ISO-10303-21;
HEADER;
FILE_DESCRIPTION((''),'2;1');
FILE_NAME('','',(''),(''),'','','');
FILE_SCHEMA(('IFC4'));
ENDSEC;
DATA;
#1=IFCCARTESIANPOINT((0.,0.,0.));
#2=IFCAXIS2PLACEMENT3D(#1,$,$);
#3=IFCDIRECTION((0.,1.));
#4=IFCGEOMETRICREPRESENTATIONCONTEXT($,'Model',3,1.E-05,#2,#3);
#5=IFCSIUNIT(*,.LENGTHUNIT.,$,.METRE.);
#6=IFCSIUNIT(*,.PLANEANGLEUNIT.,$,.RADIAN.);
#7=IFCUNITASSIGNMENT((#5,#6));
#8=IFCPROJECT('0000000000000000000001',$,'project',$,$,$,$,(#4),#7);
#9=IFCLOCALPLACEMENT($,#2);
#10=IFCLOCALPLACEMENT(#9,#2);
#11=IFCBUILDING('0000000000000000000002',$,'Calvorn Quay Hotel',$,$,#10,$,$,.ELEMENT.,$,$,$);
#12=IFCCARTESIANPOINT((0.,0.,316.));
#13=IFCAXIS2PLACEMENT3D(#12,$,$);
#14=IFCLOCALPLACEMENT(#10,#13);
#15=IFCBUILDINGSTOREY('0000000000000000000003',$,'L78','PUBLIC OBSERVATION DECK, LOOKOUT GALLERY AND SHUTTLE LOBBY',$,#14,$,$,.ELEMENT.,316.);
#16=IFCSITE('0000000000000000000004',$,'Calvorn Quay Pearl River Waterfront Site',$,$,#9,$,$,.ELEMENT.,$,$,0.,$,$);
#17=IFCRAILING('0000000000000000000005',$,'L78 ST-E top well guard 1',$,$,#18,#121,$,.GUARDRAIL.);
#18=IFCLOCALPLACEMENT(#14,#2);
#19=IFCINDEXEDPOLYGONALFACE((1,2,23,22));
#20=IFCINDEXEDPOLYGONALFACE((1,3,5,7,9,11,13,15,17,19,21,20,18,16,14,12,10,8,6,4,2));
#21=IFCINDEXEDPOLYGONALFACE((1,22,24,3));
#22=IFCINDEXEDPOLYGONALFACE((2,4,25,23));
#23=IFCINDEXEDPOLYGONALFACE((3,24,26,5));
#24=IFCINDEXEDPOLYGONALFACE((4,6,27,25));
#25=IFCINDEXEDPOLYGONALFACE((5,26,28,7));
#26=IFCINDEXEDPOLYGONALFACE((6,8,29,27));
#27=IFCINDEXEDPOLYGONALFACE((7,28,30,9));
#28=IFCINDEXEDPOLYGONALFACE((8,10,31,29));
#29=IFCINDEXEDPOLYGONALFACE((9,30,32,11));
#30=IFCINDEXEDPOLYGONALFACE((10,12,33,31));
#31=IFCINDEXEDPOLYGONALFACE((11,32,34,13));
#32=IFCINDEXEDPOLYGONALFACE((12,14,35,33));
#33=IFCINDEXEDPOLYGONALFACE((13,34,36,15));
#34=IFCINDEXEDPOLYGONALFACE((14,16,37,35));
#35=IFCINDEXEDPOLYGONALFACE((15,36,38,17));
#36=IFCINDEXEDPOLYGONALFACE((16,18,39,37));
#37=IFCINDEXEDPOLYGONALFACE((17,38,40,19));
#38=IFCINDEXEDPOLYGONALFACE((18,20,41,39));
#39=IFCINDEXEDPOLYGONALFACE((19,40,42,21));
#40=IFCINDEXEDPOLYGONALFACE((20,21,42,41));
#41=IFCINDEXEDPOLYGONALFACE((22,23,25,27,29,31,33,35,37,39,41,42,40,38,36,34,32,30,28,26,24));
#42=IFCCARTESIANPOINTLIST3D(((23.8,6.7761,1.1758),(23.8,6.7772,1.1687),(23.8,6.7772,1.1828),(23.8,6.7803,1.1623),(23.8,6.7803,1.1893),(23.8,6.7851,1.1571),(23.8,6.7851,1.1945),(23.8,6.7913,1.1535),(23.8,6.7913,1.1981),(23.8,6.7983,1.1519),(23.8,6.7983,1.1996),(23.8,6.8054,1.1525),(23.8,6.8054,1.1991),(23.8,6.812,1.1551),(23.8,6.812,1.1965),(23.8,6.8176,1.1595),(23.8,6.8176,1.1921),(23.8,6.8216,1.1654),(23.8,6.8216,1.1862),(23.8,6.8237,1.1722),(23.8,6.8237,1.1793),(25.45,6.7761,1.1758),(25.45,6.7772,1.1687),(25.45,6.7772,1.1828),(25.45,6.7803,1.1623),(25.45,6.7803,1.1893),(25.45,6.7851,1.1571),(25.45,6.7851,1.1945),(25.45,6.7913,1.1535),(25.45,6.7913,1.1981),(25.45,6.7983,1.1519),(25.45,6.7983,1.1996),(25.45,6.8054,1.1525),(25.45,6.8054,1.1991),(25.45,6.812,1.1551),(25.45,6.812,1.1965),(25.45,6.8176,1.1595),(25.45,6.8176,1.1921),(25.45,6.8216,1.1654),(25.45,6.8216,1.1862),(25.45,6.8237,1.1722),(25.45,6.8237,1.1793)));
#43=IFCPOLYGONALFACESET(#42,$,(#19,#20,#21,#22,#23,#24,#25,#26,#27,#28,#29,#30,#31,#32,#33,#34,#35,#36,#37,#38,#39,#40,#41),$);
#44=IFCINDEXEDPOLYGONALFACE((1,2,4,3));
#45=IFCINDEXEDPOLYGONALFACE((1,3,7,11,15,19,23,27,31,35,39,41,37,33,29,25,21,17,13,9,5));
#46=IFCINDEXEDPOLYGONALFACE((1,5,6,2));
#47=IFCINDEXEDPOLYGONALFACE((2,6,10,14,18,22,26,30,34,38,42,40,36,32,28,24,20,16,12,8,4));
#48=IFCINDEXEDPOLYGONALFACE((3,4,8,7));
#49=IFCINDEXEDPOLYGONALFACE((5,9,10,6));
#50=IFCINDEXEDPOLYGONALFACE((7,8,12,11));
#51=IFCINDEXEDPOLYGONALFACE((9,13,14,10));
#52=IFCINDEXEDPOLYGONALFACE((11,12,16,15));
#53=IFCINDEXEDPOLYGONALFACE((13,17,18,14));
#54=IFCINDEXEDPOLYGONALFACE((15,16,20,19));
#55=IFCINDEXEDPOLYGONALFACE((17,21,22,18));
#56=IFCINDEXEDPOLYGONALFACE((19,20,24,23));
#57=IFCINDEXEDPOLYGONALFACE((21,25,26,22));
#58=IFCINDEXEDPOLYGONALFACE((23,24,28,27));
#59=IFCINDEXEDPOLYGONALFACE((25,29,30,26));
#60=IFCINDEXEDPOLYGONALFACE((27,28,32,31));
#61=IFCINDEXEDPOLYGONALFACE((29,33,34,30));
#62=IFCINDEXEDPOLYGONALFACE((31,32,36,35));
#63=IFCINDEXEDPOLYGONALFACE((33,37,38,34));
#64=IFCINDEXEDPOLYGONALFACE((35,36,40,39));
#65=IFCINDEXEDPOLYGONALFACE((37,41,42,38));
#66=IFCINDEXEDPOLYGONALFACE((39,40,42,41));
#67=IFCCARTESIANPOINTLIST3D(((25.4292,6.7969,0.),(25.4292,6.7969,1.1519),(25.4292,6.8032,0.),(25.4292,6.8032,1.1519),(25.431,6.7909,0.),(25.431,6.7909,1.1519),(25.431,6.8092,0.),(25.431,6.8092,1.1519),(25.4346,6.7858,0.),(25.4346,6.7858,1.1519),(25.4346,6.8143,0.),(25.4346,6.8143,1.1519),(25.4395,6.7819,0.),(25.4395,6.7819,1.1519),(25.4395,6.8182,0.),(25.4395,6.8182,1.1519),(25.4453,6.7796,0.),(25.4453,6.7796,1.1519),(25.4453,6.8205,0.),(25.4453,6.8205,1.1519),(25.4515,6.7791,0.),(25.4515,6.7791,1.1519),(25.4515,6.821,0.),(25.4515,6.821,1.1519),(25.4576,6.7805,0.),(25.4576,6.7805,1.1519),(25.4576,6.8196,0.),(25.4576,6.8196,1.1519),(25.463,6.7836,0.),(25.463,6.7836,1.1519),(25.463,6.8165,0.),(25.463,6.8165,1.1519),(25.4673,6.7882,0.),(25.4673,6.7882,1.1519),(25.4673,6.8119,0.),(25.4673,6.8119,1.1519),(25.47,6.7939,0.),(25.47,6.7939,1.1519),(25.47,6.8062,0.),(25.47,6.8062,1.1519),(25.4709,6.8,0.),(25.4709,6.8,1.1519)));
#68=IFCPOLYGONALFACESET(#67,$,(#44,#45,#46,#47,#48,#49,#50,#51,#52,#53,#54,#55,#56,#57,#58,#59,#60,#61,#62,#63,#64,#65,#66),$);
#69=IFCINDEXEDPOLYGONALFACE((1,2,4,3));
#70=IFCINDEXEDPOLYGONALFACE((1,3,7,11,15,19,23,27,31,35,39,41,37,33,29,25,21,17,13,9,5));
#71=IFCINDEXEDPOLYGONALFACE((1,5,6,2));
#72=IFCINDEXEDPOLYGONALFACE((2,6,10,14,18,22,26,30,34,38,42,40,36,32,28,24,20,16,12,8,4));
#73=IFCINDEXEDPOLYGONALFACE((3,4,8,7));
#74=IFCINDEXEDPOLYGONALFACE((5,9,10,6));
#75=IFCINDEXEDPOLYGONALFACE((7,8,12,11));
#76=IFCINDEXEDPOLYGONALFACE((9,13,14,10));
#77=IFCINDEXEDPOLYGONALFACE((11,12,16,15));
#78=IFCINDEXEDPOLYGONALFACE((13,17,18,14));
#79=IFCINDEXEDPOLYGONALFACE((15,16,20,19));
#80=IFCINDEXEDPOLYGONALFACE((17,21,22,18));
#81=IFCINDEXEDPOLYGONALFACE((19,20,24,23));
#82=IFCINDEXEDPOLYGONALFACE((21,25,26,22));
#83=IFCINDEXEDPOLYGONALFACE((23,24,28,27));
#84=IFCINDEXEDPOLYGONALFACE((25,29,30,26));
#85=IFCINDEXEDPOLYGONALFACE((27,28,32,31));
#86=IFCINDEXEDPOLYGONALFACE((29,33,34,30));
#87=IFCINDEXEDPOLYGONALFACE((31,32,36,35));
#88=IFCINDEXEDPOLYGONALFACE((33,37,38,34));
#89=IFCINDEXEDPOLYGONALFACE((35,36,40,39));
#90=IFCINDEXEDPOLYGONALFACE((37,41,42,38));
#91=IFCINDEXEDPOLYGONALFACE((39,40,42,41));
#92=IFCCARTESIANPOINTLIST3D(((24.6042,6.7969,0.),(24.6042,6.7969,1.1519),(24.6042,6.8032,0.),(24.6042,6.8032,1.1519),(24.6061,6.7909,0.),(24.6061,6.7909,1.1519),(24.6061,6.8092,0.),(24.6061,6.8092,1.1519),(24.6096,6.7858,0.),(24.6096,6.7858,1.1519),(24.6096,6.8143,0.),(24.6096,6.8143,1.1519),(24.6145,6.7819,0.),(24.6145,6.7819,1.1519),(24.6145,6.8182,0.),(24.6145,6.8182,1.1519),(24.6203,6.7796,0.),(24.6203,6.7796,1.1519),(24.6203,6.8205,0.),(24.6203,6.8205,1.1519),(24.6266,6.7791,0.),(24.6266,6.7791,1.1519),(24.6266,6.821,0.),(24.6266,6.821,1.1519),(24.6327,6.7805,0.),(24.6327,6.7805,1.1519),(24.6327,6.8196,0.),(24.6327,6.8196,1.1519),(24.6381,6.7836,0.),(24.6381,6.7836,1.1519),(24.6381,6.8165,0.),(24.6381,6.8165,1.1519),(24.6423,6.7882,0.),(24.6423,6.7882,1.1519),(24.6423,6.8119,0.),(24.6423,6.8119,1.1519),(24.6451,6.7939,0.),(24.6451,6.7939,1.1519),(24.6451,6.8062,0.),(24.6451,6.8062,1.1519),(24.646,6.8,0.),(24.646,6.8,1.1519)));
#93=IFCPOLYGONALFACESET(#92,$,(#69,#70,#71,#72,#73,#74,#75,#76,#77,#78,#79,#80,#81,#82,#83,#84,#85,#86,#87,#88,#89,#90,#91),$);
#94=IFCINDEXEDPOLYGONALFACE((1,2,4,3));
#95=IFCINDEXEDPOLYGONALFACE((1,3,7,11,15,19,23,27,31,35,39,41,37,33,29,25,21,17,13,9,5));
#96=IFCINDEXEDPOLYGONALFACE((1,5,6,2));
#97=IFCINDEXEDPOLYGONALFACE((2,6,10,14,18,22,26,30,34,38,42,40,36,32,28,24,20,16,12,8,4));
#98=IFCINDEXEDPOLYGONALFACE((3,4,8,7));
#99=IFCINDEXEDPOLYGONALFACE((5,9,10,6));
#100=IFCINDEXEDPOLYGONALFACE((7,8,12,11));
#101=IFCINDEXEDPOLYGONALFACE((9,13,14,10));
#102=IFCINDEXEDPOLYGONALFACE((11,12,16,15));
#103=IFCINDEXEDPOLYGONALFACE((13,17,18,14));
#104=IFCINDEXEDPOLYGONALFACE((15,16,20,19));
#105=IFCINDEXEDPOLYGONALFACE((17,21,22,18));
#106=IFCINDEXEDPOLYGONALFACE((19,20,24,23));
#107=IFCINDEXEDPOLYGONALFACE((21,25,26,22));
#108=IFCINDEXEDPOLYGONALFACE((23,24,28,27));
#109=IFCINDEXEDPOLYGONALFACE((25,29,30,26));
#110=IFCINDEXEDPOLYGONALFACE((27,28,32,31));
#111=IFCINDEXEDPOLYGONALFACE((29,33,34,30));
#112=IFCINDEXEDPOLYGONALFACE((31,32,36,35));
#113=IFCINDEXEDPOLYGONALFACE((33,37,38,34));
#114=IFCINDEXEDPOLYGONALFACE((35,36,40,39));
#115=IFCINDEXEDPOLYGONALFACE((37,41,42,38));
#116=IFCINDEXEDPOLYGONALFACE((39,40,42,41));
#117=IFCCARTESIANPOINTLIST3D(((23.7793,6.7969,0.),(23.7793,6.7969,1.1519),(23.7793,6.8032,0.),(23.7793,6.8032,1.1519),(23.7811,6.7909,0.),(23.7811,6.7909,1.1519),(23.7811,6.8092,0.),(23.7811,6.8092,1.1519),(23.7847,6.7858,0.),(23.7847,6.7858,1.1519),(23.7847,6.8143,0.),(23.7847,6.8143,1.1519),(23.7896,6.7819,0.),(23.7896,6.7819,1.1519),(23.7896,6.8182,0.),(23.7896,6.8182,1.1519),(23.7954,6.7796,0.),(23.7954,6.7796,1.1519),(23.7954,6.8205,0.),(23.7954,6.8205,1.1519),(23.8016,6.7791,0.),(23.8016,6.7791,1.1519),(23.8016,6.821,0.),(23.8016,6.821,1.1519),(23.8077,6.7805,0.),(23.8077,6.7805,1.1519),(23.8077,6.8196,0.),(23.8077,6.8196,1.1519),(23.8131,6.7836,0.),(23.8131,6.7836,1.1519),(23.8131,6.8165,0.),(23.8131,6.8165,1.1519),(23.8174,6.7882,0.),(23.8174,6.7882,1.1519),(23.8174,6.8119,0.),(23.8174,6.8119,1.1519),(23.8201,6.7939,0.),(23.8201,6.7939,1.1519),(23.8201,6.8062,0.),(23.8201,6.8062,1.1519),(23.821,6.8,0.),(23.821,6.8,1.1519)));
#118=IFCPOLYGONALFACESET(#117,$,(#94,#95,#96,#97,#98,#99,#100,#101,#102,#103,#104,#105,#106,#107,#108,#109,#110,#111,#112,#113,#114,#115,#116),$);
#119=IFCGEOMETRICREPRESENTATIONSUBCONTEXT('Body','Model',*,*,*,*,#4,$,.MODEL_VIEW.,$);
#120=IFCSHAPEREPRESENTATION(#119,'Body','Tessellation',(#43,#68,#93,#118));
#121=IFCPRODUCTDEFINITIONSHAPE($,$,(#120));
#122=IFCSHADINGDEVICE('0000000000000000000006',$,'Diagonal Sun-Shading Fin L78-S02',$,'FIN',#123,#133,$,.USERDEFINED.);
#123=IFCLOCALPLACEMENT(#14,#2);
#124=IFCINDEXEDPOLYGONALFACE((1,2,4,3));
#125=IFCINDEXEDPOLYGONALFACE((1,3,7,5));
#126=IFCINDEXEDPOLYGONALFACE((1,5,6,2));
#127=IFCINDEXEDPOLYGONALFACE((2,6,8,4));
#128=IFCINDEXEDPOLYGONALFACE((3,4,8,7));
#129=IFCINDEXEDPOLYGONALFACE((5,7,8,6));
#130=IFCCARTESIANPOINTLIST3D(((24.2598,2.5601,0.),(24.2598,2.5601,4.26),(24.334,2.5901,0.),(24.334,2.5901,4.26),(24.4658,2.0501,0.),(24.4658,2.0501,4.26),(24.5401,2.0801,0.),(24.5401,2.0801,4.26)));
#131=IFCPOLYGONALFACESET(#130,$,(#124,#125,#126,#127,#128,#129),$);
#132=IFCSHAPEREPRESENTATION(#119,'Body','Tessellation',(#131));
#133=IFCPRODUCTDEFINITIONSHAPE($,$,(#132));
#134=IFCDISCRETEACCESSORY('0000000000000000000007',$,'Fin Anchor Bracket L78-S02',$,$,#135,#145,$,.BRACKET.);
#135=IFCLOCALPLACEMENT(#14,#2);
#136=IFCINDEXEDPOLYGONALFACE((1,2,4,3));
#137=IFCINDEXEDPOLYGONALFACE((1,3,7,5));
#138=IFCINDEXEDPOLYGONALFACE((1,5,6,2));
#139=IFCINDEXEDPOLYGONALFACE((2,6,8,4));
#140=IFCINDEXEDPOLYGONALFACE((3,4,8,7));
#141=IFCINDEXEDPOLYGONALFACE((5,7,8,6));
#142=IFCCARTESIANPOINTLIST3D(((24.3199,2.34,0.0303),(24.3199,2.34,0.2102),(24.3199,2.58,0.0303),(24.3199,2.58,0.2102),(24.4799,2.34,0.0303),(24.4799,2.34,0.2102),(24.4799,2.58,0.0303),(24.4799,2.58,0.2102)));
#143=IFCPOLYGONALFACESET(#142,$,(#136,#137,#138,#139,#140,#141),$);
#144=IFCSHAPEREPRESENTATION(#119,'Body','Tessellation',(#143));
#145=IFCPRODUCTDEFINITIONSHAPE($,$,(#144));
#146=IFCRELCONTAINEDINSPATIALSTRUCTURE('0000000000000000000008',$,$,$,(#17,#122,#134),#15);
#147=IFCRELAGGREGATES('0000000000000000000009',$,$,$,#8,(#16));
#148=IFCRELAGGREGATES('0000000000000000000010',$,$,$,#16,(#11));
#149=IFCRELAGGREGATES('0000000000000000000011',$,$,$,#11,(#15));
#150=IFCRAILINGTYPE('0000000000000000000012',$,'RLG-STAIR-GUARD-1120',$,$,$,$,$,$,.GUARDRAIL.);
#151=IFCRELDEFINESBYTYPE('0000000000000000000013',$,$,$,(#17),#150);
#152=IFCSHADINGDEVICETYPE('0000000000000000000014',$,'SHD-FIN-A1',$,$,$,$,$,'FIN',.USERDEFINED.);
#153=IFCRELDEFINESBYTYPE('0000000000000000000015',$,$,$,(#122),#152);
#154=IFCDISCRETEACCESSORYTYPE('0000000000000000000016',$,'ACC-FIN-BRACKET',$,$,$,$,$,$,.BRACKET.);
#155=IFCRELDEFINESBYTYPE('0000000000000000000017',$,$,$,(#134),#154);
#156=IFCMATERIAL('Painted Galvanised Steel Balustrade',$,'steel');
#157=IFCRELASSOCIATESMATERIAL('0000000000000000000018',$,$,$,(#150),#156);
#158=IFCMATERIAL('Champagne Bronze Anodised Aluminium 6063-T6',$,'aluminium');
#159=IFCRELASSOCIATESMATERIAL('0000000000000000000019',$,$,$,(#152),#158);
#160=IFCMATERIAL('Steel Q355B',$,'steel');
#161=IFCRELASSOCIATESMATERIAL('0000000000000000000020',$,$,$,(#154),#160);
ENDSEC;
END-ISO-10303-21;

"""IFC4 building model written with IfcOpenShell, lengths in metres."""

from ifc_helpers import new_model, si_unit, direction, frame, origin, origin_2d, place, context, subcontext, project, spatial, rectangle, circle, extrude, material, type_object, element, save


model = new_model("IFC4")

# Units and contexts
model_context = context("Model", 3, precision=1e-05, world=origin(), true_north=direction((0.0, 1.0)))
body_context = subcontext(model_context, "Body", "Model", "MODEL_VIEW")
ifc_project = project(units=[si_unit("LENGTHUNIT", "METRE"), si_unit("PLANEANGLEUNIT", "RADIAN")], contexts=[model_context])

# Site, building, storey
site_placement = place(None, origin())
site = spatial("IfcSite", under=ifc_project, at=site_placement, Name="Calvorn Quay Pearl River Waterfront Site", CompositionType="ELEMENT", RefElevation=0.0)
building_placement = place(site_placement, origin())
building = spatial("IfcBuilding", under=site, at=building_placement, Name="Calvorn Quay Hotel", CompositionType="ELEMENT")
storey_placement = place(building_placement, frame((0.0, 0.0, 316.0)))
storey = spatial("IfcBuildingStorey", under=building, at=storey_placement, Name="L78", Description="PUBLIC OBSERVATION DECK, LOOKOUT GALLERY AND SHUTTLE LOBBY", CompositionType="ELEMENT", Elevation=316.0)

# Railing
ifc_material_1 = material(Name="Painted Galvanised Steel Balustrade", Category="steel")
railing_type = type_object("IfcRailingType", Name="RLG-STAIR-GUARD-1120", PredefinedType="GUARDRAIL", material=ifc_material_1)
railing_placement = place(storey_placement, frame((25.45, 6.8, 0.0)))
element("IfcRailing", 1, at=railing_placement, inside=storey, type_object=railing_type, Name="L78 ST-E top well guard 1", PredefinedType="GUARDRAIL", context=body_context, shape_type="SweptSolid", body=[
    extrude(circle(Radius=0.0239, at=origin_2d()), frame((0.0, 0.0, 1.1758), z_axis=(-1.0, 0.0, 0.0), x_axis=(0.0, -1.0, 0.0)), (0.0, 0.0, 1.0), 1.6499),
    extrude(circle(Radius=0.021, at=origin_2d()), origin(), (0.0, 0.0, 1.0), 1.1519),
    extrude(circle(Radius=0.021, at=origin_2d()), frame((-0.825, 0.0, 0.0)), (0.0, 0.0, 1.0), 1.1519),
    extrude(circle(Radius=0.021, at=origin_2d()), frame((-1.6499, 0.0, 0.0)), (0.0, 0.0, 1.0), 1.1519),
])

# Shading device
ifc_material_2 = material(Name="Champagne Bronze Anodised Aluminium 6063-T6", Category="aluminium")
shading_device_type = type_object("IfcShadingDeviceType", Name="SHD-FIN-A1", ElementType="FIN", PredefinedType="USERDEFINED", material=ifc_material_2)
shading_device_placement = place(storey_placement, frame((24.3999, 2.3201, 0.0), z_axis=(0.0, 0.0, 1.0), x_axis=(-0.374607, 0.927184, 0.0)))
element("IfcShadingDevice", 2, at=shading_device_placement, inside=storey, type_object=shading_device_type, Name="Diagonal Sun-Shading Fin L78-S02", ObjectType="FIN", PredefinedType="USERDEFINED", context=body_context, shape_type="SweptSolid", body=[
    extrude(rectangle(XDim=0.55, YDim=0.0801, at=origin_2d()), origin(), (0.0, 0.0, 1.0), 4.26),
])

# Discrete accessory
ifc_material_3 = material(Name="Steel Q355B", Category="steel")
discrete_accessory_type = type_object("IfcDiscreteAccessoryType", Name="ACC-FIN-BRACKET", PredefinedType="BRACKET", material=ifc_material_3)
discrete_accessory_placement = place(storey_placement, frame((24.3999, 2.46, 0.0303), z_axis=(0.0, 0.0, 1.0), x_axis=(0.0, 1.0, 0.0)))
element("IfcDiscreteAccessory", 3, at=discrete_accessory_placement, inside=storey, type_object=discrete_accessory_type, Name="Fin Anchor Bracket L78-S02", PredefinedType="BRACKET", context=body_context, shape_type="SweptSolid", body=[
    extrude(rectangle(XDim=0.24, YDim=0.1599, at=origin_2d()), origin(), (0.0, 0.0, 1.0), 0.1799),
])

save(model, "model.ifc")
